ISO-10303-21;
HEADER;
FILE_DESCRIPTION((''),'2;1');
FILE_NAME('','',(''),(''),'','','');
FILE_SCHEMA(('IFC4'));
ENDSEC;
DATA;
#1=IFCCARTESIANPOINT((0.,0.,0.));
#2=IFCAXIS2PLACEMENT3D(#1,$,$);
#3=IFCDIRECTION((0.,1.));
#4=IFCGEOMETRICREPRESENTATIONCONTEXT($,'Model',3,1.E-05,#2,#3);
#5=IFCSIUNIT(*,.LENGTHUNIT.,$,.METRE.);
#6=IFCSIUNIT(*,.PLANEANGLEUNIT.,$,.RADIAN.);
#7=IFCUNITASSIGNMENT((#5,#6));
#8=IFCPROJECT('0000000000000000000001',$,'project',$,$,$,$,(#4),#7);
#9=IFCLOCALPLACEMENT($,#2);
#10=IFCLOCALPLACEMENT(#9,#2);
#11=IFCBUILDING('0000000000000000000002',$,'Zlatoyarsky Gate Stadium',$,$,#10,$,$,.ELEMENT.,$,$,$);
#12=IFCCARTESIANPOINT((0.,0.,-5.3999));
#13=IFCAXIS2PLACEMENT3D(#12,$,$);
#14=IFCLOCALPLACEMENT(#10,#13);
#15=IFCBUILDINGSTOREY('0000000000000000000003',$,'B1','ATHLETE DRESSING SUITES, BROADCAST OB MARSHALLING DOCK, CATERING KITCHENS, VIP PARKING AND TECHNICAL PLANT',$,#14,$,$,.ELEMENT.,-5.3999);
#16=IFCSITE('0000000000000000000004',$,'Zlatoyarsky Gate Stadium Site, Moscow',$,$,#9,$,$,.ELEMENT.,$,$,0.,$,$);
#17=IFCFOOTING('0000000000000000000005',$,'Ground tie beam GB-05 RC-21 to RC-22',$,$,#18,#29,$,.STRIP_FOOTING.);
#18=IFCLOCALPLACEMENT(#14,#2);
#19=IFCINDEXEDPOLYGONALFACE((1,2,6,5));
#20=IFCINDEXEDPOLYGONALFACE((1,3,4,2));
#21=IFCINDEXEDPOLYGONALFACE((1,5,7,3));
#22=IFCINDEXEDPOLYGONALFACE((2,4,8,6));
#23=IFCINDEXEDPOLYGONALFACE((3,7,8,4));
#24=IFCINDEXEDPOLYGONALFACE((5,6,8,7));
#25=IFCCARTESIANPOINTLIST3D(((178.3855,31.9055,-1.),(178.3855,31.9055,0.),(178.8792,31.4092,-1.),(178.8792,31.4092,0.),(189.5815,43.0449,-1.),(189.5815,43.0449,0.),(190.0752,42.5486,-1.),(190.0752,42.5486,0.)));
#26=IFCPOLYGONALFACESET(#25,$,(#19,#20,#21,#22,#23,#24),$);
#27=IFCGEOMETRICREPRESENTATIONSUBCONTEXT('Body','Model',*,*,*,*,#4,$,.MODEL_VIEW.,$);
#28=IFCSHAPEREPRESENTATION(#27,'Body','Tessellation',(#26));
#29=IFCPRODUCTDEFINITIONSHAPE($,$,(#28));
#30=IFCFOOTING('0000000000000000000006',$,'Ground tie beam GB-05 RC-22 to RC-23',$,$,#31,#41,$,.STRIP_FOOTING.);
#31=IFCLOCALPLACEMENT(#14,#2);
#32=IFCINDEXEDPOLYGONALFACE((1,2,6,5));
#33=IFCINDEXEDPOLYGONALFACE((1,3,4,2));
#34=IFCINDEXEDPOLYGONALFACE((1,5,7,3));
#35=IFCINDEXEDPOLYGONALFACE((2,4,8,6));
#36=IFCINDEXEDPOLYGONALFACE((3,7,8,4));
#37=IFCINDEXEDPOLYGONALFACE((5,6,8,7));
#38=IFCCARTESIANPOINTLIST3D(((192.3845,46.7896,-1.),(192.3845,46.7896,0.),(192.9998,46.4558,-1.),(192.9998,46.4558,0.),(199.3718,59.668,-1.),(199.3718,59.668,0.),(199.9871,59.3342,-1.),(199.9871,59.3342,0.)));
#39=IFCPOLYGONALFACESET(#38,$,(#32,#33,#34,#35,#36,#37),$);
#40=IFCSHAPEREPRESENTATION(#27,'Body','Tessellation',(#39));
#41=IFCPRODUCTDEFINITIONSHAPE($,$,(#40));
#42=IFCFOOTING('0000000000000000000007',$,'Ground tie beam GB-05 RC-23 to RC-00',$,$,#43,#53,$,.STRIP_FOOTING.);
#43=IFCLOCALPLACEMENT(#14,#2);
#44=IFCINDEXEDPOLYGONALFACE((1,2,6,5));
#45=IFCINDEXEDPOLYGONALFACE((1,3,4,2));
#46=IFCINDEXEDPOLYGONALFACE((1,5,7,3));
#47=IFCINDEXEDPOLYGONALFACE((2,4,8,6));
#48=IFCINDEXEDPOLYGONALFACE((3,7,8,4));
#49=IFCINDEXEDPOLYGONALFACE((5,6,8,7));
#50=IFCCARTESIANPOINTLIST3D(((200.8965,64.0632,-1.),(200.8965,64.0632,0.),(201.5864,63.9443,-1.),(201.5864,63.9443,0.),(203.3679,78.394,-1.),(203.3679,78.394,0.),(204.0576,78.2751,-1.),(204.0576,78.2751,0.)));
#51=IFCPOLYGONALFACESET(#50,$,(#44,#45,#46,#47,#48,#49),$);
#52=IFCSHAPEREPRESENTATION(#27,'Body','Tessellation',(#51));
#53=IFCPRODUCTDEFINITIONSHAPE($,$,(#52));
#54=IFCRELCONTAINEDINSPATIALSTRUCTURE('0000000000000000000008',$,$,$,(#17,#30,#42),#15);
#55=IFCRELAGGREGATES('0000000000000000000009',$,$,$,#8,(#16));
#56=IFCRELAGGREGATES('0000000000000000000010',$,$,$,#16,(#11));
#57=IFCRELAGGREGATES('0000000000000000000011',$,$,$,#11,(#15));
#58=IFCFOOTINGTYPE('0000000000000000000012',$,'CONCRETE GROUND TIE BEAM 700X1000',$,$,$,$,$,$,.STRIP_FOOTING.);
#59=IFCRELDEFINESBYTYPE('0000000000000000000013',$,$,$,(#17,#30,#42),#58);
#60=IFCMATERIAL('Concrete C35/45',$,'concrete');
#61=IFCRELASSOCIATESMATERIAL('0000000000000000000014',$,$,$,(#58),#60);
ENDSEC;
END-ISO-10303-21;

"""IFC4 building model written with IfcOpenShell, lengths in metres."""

from ifc_helpers import new_model, si_unit, direction, frame, origin, origin_2d, place, context, subcontext, project, spatial, polyline, rectangle, outline, extrude, material, material_profile, profile_set, type_object, element, save


model = new_model("IFC4")

# Units and contexts
model_context = context("Model", 3, precision=1e-05, world=origin(), true_north=direction((0.0, 1.0)))
body_context = subcontext(model_context, "Body", "Model", "MODEL_VIEW")
ifc_project = project(units=[si_unit("LENGTHUNIT", "METRE"), si_unit("PLANEANGLEUNIT", "RADIAN")], contexts=[model_context])

# Site, building, storey
site_placement = place(None, origin())
site = spatial("IfcSite", under=ifc_project, at=site_placement, Name="Zlatoyarsky Gate Stadium Site, Moscow", CompositionType="ELEMENT", RefElevation=0.0)
building_placement = place(site_placement, origin())
building = spatial("IfcBuilding", under=site, at=building_placement, Name="Zlatoyarsky Gate Stadium", CompositionType="ELEMENT")
storey_placement = place(building_placement, frame((0.0, 0.0, -5.3999)))
storey = spatial("IfcBuildingStorey", under=building, at=storey_placement, Name="B1", Description="ATHLETE DRESSING SUITES, BROADCAST OB MARSHALLING DOCK, CATERING KITCHENS, VIP PARKING AND TECHNICAL PLANT", CompositionType="ELEMENT", Elevation=-5.3999)

# Footings
ifc_material = material(Name="Concrete C35/45", Category="concrete")
ifc_material_profile_1 = material_profile(ifc_material, rectangle(XDim=0.7, YDim=1.0, at=origin_2d()), Name="GB 700X1000")
ifc_profile_set_1 = profile_set([ifc_material_profile_1], Name="Concrete C35/45")
footing_type_1 = type_object("IfcFootingType", Name="CONCRETE GROUND TIE BEAM 700X1000", PredefinedType="STRIP_FOOTING", material=ifc_profile_set_1)
footing_1_placement = place(storey_placement, frame((0.0, 0.0, -1.0)))
element("IfcFooting", 1, at=footing_1_placement, inside=storey, type_object=footing_type_1, Name="Ground tie beam GB-05 RC-21 to RC-22", PredefinedType="STRIP_FOOTING", context=body_context, shape_type="SweptSolid", body=[
    extrude(outline(polyline([(178.8792, 31.4092), (190.0752, 42.5486), (189.5815, 43.0449), (178.3855, 31.9055), (178.8792, 31.4092)])), origin(), (0.0, 0.0, 1.0), 1.0),
])
footing_2_placement = place(storey_placement, frame((0.0, 0.0, -1.0)))
element("IfcFooting", 2, at=footing_2_placement, inside=storey, type_object=footing_type_1, Name="Ground tie beam GB-05 RC-22 to RC-23", PredefinedType="STRIP_FOOTING", context=body_context, shape_type="SweptSolid", body=[
    extrude(outline(polyline([(192.9998, 46.4558), (199.9871, 59.3342), (199.3718, 59.668), (192.3845, 46.7896), (192.9998, 46.4558)])), origin(), (0.0, 0.0, 1.0), 1.0),
])
footing_3_placement = place(storey_placement, frame((0.0, 0.0, -1.0)))
element("IfcFooting", 3, at=footing_3_placement, inside=storey, type_object=footing_type_1, Name="Ground tie beam GB-05 RC-23 to RC-00", PredefinedType="STRIP_FOOTING", context=body_context, shape_type="SweptSolid", body=[
    extrude(outline(polyline([(201.5864, 63.9443), (204.0576, 78.2751), (203.3679, 78.394), (200.8965, 64.0632), (201.5864, 63.9443)])), origin(), (0.0, 0.0, 1.0), 1.0),
])

save(model, "model.ifc")
